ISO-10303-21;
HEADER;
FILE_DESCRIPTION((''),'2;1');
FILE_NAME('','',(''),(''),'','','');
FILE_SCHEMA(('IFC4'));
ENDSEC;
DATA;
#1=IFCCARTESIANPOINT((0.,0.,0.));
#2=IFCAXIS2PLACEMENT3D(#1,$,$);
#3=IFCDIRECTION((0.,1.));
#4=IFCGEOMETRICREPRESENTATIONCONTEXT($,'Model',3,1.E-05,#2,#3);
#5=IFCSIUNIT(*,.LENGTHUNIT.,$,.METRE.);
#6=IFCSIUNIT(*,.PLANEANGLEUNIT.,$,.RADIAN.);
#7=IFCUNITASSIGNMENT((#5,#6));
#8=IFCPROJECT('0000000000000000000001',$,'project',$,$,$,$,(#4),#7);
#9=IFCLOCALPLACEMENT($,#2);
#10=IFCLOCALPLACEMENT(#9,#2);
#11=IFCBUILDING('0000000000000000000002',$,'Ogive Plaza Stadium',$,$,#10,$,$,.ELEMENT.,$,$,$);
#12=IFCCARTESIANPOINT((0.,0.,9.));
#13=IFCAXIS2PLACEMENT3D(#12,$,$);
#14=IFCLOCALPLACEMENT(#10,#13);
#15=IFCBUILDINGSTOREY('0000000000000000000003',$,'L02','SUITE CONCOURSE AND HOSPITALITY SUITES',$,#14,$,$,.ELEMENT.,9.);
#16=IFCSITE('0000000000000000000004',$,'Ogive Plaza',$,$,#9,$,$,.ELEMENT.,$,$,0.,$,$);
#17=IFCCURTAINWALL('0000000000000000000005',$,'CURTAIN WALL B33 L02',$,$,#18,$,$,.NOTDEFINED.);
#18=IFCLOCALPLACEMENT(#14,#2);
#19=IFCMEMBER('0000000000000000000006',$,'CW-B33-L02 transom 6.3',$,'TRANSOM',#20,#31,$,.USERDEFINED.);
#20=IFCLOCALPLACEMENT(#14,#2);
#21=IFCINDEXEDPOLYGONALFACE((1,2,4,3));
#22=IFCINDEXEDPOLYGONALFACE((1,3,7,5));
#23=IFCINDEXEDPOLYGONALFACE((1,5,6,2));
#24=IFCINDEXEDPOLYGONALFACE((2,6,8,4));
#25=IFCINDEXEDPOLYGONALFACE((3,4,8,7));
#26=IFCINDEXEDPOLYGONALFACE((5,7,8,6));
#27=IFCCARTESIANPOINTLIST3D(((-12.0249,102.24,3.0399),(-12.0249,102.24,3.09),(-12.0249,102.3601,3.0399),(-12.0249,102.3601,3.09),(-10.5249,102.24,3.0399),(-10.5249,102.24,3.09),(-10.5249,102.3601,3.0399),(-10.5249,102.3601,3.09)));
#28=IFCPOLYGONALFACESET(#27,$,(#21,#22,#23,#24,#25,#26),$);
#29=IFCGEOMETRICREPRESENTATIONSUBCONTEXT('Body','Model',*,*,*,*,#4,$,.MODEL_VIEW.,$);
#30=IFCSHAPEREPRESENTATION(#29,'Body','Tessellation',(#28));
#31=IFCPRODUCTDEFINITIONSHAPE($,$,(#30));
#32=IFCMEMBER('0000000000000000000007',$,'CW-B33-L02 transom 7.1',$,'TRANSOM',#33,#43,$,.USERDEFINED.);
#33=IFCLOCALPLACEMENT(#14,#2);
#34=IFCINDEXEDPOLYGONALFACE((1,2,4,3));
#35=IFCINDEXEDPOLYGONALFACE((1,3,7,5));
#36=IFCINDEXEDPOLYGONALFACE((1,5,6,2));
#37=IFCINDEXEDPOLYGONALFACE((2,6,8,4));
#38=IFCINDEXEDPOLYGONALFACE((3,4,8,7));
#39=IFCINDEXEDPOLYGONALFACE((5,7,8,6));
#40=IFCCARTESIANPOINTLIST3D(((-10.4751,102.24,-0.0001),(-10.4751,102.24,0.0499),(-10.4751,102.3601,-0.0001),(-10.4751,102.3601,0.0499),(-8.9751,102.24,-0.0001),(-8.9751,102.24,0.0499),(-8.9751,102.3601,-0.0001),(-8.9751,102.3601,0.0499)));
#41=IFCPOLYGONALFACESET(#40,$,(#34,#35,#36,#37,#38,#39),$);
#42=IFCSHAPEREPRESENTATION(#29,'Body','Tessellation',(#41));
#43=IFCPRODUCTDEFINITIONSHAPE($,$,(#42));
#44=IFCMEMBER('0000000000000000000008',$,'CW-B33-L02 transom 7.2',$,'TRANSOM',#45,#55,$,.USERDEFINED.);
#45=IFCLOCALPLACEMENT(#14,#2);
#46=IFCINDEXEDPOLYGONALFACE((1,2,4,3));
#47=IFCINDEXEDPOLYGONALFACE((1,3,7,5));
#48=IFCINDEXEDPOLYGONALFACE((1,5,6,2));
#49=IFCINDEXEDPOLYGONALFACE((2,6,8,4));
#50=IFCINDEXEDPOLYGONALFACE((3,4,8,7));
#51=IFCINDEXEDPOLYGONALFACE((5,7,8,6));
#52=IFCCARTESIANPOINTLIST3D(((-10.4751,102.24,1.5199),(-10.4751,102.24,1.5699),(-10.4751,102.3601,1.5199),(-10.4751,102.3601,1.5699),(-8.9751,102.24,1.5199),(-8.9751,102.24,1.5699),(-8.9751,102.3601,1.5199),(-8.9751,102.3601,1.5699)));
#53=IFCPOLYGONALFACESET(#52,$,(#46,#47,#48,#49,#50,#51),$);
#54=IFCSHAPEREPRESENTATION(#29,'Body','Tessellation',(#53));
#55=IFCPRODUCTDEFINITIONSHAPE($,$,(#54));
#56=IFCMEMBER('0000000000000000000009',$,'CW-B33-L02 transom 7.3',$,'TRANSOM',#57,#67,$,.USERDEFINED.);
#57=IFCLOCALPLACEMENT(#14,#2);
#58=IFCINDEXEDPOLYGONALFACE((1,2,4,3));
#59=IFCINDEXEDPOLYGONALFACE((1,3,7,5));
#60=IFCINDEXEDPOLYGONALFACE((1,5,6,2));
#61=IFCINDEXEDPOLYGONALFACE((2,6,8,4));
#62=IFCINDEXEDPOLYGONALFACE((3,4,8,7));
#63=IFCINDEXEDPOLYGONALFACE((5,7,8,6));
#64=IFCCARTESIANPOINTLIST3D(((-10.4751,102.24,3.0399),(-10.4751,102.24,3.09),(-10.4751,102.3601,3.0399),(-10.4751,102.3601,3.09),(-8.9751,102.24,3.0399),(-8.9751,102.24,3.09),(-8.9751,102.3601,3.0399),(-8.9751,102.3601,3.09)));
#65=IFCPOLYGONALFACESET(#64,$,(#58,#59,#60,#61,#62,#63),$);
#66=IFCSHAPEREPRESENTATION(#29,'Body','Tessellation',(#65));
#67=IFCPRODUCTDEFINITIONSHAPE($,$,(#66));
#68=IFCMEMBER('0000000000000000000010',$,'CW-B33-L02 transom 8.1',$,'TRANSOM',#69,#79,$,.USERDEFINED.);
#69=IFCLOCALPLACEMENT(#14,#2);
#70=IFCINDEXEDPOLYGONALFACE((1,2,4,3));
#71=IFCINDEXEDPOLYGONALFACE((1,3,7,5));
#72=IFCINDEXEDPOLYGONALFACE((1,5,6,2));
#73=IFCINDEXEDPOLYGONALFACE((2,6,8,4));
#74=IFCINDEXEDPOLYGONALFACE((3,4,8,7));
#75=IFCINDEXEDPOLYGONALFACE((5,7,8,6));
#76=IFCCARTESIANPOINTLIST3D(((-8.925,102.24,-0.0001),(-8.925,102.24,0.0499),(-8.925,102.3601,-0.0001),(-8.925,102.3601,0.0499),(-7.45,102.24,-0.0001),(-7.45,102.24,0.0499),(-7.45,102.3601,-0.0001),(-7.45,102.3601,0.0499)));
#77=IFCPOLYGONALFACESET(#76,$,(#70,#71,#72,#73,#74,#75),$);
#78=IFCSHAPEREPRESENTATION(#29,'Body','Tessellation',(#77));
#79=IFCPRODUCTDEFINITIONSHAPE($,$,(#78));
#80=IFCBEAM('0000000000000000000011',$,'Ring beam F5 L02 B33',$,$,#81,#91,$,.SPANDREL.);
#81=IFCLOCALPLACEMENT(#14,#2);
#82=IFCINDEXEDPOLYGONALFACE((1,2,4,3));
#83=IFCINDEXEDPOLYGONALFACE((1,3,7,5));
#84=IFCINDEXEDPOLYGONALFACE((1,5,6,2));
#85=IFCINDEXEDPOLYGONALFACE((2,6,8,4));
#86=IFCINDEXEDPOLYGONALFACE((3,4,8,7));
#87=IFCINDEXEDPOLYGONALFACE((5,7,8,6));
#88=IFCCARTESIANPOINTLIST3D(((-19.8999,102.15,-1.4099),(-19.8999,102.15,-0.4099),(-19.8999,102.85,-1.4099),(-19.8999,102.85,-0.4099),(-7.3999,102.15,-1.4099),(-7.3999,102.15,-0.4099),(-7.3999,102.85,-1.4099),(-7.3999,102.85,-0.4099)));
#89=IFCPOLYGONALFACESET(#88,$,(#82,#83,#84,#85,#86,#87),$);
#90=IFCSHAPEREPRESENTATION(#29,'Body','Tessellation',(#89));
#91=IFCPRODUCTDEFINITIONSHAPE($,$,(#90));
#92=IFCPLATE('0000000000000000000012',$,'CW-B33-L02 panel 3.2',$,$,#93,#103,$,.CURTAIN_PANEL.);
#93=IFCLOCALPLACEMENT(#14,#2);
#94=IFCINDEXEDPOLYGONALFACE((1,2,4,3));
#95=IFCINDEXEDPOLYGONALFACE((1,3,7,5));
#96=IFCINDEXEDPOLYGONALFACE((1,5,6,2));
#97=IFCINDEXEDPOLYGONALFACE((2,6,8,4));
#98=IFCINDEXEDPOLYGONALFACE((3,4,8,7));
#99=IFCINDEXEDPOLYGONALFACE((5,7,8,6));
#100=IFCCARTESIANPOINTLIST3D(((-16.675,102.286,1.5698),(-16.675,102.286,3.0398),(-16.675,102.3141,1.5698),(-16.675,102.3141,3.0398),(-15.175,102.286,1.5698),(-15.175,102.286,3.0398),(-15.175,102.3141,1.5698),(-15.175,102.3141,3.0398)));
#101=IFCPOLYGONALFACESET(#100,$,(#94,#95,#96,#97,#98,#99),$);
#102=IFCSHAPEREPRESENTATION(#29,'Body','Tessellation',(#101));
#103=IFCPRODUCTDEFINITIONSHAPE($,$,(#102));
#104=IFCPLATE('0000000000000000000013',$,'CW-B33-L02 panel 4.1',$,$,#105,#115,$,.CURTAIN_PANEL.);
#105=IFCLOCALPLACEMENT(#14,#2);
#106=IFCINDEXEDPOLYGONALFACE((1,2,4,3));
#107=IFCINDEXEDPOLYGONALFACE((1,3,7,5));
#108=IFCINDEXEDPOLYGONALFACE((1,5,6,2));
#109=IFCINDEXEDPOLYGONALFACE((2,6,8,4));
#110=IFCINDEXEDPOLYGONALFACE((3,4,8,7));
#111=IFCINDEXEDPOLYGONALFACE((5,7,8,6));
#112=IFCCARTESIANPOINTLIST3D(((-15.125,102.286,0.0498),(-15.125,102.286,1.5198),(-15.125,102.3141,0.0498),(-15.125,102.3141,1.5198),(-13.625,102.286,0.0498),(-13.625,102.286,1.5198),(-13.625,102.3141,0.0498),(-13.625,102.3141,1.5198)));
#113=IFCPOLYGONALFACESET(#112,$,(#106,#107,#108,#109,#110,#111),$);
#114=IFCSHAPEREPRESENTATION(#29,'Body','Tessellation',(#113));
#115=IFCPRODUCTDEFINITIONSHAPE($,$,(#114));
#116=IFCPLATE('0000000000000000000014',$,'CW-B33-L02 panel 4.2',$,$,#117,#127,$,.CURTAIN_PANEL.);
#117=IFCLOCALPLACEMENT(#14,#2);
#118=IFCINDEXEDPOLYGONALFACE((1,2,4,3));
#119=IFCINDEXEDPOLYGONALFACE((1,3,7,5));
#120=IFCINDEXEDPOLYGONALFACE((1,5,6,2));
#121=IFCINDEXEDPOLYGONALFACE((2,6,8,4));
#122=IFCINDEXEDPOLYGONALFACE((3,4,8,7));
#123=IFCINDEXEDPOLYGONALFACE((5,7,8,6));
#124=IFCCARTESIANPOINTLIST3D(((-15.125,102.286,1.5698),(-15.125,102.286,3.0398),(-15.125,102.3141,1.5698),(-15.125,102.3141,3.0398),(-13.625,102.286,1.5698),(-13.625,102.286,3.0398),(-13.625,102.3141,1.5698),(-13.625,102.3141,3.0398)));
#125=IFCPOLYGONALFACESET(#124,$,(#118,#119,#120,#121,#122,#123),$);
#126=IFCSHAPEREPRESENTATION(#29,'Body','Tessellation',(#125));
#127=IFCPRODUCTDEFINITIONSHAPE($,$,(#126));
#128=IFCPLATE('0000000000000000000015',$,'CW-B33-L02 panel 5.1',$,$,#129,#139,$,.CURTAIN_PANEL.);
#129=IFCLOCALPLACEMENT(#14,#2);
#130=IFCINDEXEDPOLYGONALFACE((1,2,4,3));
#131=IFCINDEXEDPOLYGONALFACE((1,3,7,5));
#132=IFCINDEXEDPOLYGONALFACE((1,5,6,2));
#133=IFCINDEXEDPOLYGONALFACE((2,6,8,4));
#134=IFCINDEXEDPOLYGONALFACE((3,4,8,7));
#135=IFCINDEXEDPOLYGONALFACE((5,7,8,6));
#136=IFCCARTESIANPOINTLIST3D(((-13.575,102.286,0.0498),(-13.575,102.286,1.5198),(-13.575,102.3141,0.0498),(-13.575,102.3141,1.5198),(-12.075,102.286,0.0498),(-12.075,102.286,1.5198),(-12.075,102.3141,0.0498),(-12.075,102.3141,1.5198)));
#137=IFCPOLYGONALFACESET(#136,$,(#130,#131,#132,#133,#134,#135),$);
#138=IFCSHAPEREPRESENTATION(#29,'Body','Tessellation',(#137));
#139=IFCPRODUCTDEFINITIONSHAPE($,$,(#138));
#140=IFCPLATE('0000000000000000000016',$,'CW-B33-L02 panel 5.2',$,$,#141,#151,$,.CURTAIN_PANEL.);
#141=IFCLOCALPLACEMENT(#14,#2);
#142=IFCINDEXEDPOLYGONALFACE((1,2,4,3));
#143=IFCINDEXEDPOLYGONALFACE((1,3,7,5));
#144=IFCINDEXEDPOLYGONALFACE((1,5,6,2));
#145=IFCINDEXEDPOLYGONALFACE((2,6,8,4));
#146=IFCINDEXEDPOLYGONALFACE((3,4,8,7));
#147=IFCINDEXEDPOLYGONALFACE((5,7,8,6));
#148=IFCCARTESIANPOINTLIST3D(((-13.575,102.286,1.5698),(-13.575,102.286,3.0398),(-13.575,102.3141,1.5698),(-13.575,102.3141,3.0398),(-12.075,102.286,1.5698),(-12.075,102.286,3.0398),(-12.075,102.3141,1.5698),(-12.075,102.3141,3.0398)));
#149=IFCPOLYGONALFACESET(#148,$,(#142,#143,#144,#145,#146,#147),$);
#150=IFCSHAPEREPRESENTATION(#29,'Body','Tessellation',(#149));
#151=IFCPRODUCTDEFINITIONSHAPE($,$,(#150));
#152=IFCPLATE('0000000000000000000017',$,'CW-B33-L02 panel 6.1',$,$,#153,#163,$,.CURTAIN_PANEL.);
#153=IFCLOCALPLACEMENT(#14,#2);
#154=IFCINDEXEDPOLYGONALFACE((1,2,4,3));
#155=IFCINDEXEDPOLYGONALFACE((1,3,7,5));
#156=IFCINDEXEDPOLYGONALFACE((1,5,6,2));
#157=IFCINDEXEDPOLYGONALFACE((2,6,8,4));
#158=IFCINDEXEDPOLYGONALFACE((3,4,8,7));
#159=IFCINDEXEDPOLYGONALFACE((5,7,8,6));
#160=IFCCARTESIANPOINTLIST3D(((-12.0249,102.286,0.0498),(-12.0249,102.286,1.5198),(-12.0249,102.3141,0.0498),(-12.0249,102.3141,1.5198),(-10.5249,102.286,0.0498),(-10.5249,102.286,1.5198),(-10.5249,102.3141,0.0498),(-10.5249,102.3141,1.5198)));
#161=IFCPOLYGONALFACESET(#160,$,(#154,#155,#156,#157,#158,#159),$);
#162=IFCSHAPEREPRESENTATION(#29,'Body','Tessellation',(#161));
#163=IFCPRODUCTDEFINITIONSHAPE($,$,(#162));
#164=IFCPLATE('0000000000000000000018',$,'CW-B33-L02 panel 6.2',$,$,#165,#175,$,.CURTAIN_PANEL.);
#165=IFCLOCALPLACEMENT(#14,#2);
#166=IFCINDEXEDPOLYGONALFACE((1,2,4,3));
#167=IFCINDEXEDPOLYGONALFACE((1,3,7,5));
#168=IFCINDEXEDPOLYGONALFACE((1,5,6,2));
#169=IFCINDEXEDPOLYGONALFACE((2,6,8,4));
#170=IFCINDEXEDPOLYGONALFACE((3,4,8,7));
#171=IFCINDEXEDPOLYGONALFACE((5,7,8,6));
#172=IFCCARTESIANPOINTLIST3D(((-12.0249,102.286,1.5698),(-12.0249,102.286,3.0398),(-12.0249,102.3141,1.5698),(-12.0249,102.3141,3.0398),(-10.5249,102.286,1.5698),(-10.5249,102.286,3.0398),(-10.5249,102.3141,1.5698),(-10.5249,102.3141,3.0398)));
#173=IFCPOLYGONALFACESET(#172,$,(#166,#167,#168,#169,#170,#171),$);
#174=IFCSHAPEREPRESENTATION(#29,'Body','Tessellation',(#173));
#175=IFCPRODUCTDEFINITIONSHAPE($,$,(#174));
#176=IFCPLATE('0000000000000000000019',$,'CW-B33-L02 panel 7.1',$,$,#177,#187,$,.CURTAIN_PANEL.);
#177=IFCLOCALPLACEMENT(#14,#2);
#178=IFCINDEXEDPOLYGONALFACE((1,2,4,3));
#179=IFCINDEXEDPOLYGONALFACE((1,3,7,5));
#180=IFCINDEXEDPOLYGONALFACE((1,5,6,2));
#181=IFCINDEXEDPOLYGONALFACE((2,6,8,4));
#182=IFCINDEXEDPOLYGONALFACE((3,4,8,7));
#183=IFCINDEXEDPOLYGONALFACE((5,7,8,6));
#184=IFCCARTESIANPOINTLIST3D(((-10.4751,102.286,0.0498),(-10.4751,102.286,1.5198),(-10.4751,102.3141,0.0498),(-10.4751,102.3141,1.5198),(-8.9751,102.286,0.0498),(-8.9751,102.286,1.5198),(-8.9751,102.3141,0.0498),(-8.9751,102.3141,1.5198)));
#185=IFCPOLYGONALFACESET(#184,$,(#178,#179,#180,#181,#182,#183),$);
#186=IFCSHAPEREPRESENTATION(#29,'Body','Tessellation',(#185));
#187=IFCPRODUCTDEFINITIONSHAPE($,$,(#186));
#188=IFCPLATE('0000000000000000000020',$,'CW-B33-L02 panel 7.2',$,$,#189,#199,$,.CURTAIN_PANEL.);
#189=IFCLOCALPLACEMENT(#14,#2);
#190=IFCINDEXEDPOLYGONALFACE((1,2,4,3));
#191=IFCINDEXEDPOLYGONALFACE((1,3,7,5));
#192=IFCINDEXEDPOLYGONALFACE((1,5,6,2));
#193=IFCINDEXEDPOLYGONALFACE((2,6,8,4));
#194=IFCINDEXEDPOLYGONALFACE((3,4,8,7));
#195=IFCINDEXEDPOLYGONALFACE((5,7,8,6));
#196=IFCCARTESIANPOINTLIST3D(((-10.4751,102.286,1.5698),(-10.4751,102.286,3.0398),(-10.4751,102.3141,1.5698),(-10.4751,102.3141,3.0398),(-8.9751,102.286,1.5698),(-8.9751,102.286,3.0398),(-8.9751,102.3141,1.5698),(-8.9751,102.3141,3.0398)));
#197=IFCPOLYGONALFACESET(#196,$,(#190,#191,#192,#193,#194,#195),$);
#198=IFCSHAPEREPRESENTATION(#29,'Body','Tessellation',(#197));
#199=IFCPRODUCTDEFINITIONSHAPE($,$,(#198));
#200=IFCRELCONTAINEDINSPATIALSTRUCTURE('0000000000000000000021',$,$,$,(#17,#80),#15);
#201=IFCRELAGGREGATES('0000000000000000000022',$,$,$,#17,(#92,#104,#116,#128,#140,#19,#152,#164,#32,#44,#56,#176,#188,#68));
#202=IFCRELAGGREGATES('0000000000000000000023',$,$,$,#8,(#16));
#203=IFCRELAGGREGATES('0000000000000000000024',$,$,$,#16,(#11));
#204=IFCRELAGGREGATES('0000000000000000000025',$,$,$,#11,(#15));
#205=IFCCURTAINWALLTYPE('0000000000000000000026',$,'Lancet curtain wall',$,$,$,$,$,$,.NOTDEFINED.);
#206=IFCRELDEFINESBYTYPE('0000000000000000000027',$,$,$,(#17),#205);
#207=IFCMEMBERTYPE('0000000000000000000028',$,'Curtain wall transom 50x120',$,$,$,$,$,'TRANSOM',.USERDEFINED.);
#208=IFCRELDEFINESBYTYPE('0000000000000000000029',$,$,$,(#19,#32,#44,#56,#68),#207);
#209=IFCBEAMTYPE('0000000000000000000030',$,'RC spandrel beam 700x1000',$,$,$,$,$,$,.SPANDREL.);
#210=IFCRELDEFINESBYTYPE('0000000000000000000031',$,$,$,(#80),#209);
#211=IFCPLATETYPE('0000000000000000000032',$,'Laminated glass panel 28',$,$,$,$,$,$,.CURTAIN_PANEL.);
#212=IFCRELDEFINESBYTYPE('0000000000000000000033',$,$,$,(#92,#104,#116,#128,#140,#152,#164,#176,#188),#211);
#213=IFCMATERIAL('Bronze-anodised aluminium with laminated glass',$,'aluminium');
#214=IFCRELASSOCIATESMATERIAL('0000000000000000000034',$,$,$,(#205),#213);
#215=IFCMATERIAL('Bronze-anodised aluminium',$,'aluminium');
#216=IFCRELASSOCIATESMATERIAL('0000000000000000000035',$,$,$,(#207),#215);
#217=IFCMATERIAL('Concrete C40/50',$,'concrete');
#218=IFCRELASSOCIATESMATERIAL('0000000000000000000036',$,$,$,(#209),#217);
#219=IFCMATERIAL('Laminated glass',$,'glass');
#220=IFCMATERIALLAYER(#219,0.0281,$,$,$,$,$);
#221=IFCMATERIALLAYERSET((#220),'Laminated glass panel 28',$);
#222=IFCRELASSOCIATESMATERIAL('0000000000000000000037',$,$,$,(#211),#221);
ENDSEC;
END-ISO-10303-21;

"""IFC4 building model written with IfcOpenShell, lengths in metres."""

from ifc_helpers import new_model, si_unit, direction, frame, origin, origin_2d, place, context, subcontext, project, spatial, rectangle, extrude, material, layer, layer_set, material_profile, profile_set, type_object, element, aggregate, save


model = new_model("IFC4")

# Units and contexts
model_context = context("Model", 3, precision=1e-05, world=origin(), true_north=direction((0.0, 1.0)))
body_context = subcontext(model_context, "Body", "Model", "MODEL_VIEW")
ifc_project = project(units=[si_unit("LENGTHUNIT", "METRE"), si_unit("PLANEANGLEUNIT", "RADIAN")], contexts=[model_context])

# Site, building, storey
site_placement = place(None, origin())
site = spatial("IfcSite", under=ifc_project, at=site_placement, Name="Ogive Plaza", CompositionType="ELEMENT", RefElevation=0.0)
building_placement = place(site_placement, origin())
building = spatial("IfcBuilding", under=site, at=building_placement, Name="Ogive Plaza Stadium", CompositionType="ELEMENT")
storey_placement = place(building_placement, frame((0.0, 0.0, 9.0)))
storey = spatial("IfcBuildingStorey", under=building, at=storey_placement, Name="L02", Description="SUITE CONCOURSE AND HOSPITALITY SUITES", CompositionType="ELEMENT", Elevation=9.0)

# Curtain wall, members
ifc_material_1 = material(Name="Bronze-anodised aluminium with laminated glass", Category="aluminium")
curtain_wall_type = type_object("IfcCurtainWallType", Name="Lancet curtain wall", PredefinedType="NOTDEFINED", material=ifc_material_1)
curtain_wall_placement = place(storey_placement, origin())
curtain_wall = element("IfcCurtainWall", 1, at=curtain_wall_placement, inside=storey, type_object=curtain_wall_type, Name="CURTAIN WALL B33 L02", PredefinedType="NOTDEFINED")
ifc_material_2 = material(Name="Bronze-anodised aluminium", Category="aluminium")
ifc_material_profile_1 = material_profile(ifc_material_2, rectangle(XDim=0.1201, YDim=0.05, at=origin_2d()), Name="AL 120x50")
ifc_profile_set_1 = profile_set([ifc_material_profile_1], Name="Bronze-anodised aluminium")
member_type_1 = type_object("IfcMemberType", Name="Curtain wall transom 50x120", ElementType="TRANSOM", PredefinedType="USERDEFINED", material=ifc_profile_set_1)
member_1_placement = place(storey_placement, frame((-12.0249, 102.3, 3.0649), z_axis=(1.0, 0.0, 0.0), x_axis=(0.0, 1.0, 0.0)))
member_1 = element("IfcMember", 2, at=member_1_placement, type_object=member_type_1, Name="CW-B33-L02 transom 6.3", ObjectType="TRANSOM", PredefinedType="USERDEFINED", context=body_context, shape_type="SweptSolid", body=[
    extrude(rectangle(XDim=0.1201, YDim=0.05, at=origin_2d()), origin(), (0.0, 0.0, 1.0), 1.5),
])
member_2_placement = place(storey_placement, frame((-10.4751, 102.3, 0.0249), z_axis=(1.0, 0.0, 0.0), x_axis=(0.0, 1.0, 0.0)))
member_2 = element("IfcMember", 3, at=member_2_placement, type_object=member_type_1, Name="CW-B33-L02 transom 7.1", ObjectType="TRANSOM", PredefinedType="USERDEFINED", context=body_context, shape_type="SweptSolid", body=[
    extrude(rectangle(XDim=0.1201, YDim=0.05, at=origin_2d()), origin(), (0.0, 0.0, 1.0), 1.5),
])
member_3_placement = place(storey_placement, frame((-10.4751, 102.3, 1.5449), z_axis=(1.0, 0.0, 0.0), x_axis=(0.0, 1.0, 0.0)))
member_3 = element("IfcMember", 4, at=member_3_placement, type_object=member_type_1, Name="CW-B33-L02 transom 7.2", ObjectType="TRANSOM", PredefinedType="USERDEFINED", context=body_context, shape_type="SweptSolid", body=[
    extrude(rectangle(XDim=0.1201, YDim=0.05, at=origin_2d()), origin(), (0.0, 0.0, 1.0), 1.5),
])
member_4_placement = place(storey_placement, frame((-10.4751, 102.3, 3.0649), z_axis=(1.0, 0.0, 0.0), x_axis=(0.0, 1.0, 0.0)))
member_4 = element("IfcMember", 5, at=member_4_placement, type_object=member_type_1, Name="CW-B33-L02 transom 7.3", ObjectType="TRANSOM", PredefinedType="USERDEFINED", context=body_context, shape_type="SweptSolid", body=[
    extrude(rectangle(XDim=0.1201, YDim=0.05, at=origin_2d()), origin(), (0.0, 0.0, 1.0), 1.5),
])
member_5_placement = place(storey_placement, frame((-8.925, 102.3, 0.0249), z_axis=(1.0, 0.0, 0.0), x_axis=(0.0, 1.0, 0.0)))
member_5 = element("IfcMember", 6, at=member_5_placement, type_object=member_type_1, Name="CW-B33-L02 transom 8.1", ObjectType="TRANSOM", PredefinedType="USERDEFINED", context=body_context, shape_type="SweptSolid", body=[
    extrude(rectangle(XDim=0.1201, YDim=0.05, at=origin_2d()), origin(), (0.0, 0.0, 1.0), 1.4751),
])

# Beam
ifc_material_3 = material(Name="Concrete C40/50", Category="concrete")
ifc_material_profile_2 = material_profile(ifc_material_3, rectangle(XDim=0.7, YDim=1.0, at=origin_2d()), Name="RC 700x1000")
ifc_profile_set_2 = profile_set([ifc_material_profile_2], Name="Concrete C40/50")
beam_type = type_object("IfcBeamType", Name="RC spandrel beam 700x1000", PredefinedType="SPANDREL", material=ifc_profile_set_2)
beam_placement = place(storey_placement, frame((-19.8999, 102.5, -0.9099), z_axis=(1.0, 0.0, 0.0), x_axis=(0.0, 1.0, 0.0)))
element("IfcBeam", 7, at=beam_placement, inside=storey, type_object=beam_type, Name="Ring beam F5 L02 B33", PredefinedType="SPANDREL", context=body_context, shape_type="SweptSolid", body=[
    extrude(rectangle(XDim=0.7, YDim=1.0, at=origin_2d()), origin(), (0.0, 0.0, 1.0), 12.5),
])

# Plates
ifc_material_4 = material(Name="Laminated glass", Category="glass")
ifc_layer_1 = layer(ifc_material_4, 0.0281)
ifc_layer_set_1 = layer_set([ifc_layer_1], Name="Laminated glass panel 28")
plate_type = type_object("IfcPlateType", Name="Laminated glass panel 28", PredefinedType="CURTAIN_PANEL", material=ifc_layer_set_1)
plate_1_placement = place(storey_placement, frame((-15.925, 102.3, 1.5698), z_axis=(0.0, 0.0, 1.0), x_axis=(1.0, 0.0, 0.0)))
plate_1 = element("IfcPlate", 8, at=plate_1_placement, type_object=plate_type, Name="CW-B33-L02 panel 3.2", PredefinedType="CURTAIN_PANEL", context=body_context, shape_type="SweptSolid", body=[
    extrude(rectangle(XDim=1.5, YDim=0.0281, at=origin_2d()), origin(), (0.0, 0.0, 1.0), 1.47),
])
plate_2_placement = place(storey_placement, frame((-14.375, 102.3, 0.0498), z_axis=(0.0, 0.0, 1.0), x_axis=(1.0, 0.0, 0.0)))
plate_2 = element("IfcPlate", 9, at=plate_2_placement, type_object=plate_type, Name="CW-B33-L02 panel 4.1", PredefinedType="CURTAIN_PANEL", context=body_context, shape_type="SweptSolid", body=[
    extrude(rectangle(XDim=1.5, YDim=0.0281, at=origin_2d()), origin(), (0.0, 0.0, 1.0), 1.47),
])
plate_3_placement = place(storey_placement, frame((-14.375, 102.3, 1.5698), z_axis=(0.0, 0.0, 1.0), x_axis=(1.0, 0.0, 0.0)))
plate_3 = element("IfcPlate", 10, at=plate_3_placement, type_object=plate_type, Name="CW-B33-L02 panel 4.2", PredefinedType="CURTAIN_PANEL", context=body_context, shape_type="SweptSolid", body=[
    extrude(rectangle(XDim=1.5, YDim=0.0281, at=origin_2d()), origin(), (0.0, 0.0, 1.0), 1.47),
])
plate_4_placement = place(storey_placement, frame((-12.825, 102.3, 0.0498), z_axis=(0.0, 0.0, 1.0), x_axis=(1.0, 0.0, 0.0)))
plate_4 = element("IfcPlate", 11, at=plate_4_placement, type_object=plate_type, Name="CW-B33-L02 panel 5.1", PredefinedType="CURTAIN_PANEL", context=body_context, shape_type="SweptSolid", body=[
    extrude(rectangle(XDim=1.5, YDim=0.0281, at=origin_2d()), origin(), (0.0, 0.0, 1.0), 1.47),
])
plate_5_placement = place(storey_placement, frame((-12.825, 102.3, 1.5698), z_axis=(0.0, 0.0, 1.0), x_axis=(1.0, 0.0, 0.0)))
plate_5 = element("IfcPlate", 12, at=plate_5_placement, type_object=plate_type, Name="CW-B33-L02 panel 5.2", PredefinedType="CURTAIN_PANEL", context=body_context, shape_type="SweptSolid", body=[
    extrude(rectangle(XDim=1.5, YDim=0.0281, at=origin_2d()), origin(), (0.0, 0.0, 1.0), 1.47),
])
plate_6_placement = place(storey_placement, frame((-11.2749, 102.3, 0.0498), z_axis=(0.0, 0.0, 1.0), x_axis=(1.0, 0.0, 0.0)))
plate_6 = element("IfcPlate", 13, at=plate_6_placement, type_object=plate_type, Name="CW-B33-L02 panel 6.1", PredefinedType="CURTAIN_PANEL", context=body_context, shape_type="SweptSolid", body=[
    extrude(rectangle(XDim=1.5, YDim=0.0281, at=origin_2d()), origin(), (0.0, 0.0, 1.0), 1.47),
])
plate_7_placement = place(storey_placement, frame((-11.2749, 102.3, 1.5698), z_axis=(0.0, 0.0, 1.0), x_axis=(1.0, 0.0, 0.0)))
plate_7 = element("IfcPlate", 14, at=plate_7_placement, type_object=plate_type, Name="CW-B33-L02 panel 6.2", PredefinedType="CURTAIN_PANEL", context=body_context, shape_type="SweptSolid", body=[
    extrude(rectangle(XDim=1.5, YDim=0.0281, at=origin_2d()), origin(), (0.0, 0.0, 1.0), 1.47),
])
plate_8_placement = place(storey_placement, frame((-9.7251, 102.3, 0.0498), z_axis=(0.0, 0.0, 1.0), x_axis=(1.0, 0.0, 0.0)))
plate_8 = element("IfcPlate", 15, at=plate_8_placement, type_object=plate_type, Name="CW-B33-L02 panel 7.1", PredefinedType="CURTAIN_PANEL", context=body_context, shape_type="SweptSolid", body=[
    extrude(rectangle(XDim=1.5, YDim=0.0281, at=origin_2d()), origin(), (0.0, 0.0, 1.0), 1.47),
])
plate_9_placement = place(storey_placement, frame((-9.7251, 102.3, 1.5698), z_axis=(0.0, 0.0, 1.0), x_axis=(1.0, 0.0, 0.0)))
plate_9 = element("IfcPlate", 16, at=plate_9_placement, type_object=plate_type, Name="CW-B33-L02 panel 7.2", PredefinedType="CURTAIN_PANEL", context=body_context, shape_type="SweptSolid", body=[
    extrude(rectangle(XDim=1.5, YDim=0.0281, at=origin_2d()), origin(), (0.0, 0.0, 1.0), 1.47),
])
aggregate(curtain_wall, [plate_1, plate_2, plate_3, plate_4, plate_5, member_1, plate_6, plate_7, member_2, member_3, member_4, plate_8, plate_9, member_5])

save(model, "model.ifc")
